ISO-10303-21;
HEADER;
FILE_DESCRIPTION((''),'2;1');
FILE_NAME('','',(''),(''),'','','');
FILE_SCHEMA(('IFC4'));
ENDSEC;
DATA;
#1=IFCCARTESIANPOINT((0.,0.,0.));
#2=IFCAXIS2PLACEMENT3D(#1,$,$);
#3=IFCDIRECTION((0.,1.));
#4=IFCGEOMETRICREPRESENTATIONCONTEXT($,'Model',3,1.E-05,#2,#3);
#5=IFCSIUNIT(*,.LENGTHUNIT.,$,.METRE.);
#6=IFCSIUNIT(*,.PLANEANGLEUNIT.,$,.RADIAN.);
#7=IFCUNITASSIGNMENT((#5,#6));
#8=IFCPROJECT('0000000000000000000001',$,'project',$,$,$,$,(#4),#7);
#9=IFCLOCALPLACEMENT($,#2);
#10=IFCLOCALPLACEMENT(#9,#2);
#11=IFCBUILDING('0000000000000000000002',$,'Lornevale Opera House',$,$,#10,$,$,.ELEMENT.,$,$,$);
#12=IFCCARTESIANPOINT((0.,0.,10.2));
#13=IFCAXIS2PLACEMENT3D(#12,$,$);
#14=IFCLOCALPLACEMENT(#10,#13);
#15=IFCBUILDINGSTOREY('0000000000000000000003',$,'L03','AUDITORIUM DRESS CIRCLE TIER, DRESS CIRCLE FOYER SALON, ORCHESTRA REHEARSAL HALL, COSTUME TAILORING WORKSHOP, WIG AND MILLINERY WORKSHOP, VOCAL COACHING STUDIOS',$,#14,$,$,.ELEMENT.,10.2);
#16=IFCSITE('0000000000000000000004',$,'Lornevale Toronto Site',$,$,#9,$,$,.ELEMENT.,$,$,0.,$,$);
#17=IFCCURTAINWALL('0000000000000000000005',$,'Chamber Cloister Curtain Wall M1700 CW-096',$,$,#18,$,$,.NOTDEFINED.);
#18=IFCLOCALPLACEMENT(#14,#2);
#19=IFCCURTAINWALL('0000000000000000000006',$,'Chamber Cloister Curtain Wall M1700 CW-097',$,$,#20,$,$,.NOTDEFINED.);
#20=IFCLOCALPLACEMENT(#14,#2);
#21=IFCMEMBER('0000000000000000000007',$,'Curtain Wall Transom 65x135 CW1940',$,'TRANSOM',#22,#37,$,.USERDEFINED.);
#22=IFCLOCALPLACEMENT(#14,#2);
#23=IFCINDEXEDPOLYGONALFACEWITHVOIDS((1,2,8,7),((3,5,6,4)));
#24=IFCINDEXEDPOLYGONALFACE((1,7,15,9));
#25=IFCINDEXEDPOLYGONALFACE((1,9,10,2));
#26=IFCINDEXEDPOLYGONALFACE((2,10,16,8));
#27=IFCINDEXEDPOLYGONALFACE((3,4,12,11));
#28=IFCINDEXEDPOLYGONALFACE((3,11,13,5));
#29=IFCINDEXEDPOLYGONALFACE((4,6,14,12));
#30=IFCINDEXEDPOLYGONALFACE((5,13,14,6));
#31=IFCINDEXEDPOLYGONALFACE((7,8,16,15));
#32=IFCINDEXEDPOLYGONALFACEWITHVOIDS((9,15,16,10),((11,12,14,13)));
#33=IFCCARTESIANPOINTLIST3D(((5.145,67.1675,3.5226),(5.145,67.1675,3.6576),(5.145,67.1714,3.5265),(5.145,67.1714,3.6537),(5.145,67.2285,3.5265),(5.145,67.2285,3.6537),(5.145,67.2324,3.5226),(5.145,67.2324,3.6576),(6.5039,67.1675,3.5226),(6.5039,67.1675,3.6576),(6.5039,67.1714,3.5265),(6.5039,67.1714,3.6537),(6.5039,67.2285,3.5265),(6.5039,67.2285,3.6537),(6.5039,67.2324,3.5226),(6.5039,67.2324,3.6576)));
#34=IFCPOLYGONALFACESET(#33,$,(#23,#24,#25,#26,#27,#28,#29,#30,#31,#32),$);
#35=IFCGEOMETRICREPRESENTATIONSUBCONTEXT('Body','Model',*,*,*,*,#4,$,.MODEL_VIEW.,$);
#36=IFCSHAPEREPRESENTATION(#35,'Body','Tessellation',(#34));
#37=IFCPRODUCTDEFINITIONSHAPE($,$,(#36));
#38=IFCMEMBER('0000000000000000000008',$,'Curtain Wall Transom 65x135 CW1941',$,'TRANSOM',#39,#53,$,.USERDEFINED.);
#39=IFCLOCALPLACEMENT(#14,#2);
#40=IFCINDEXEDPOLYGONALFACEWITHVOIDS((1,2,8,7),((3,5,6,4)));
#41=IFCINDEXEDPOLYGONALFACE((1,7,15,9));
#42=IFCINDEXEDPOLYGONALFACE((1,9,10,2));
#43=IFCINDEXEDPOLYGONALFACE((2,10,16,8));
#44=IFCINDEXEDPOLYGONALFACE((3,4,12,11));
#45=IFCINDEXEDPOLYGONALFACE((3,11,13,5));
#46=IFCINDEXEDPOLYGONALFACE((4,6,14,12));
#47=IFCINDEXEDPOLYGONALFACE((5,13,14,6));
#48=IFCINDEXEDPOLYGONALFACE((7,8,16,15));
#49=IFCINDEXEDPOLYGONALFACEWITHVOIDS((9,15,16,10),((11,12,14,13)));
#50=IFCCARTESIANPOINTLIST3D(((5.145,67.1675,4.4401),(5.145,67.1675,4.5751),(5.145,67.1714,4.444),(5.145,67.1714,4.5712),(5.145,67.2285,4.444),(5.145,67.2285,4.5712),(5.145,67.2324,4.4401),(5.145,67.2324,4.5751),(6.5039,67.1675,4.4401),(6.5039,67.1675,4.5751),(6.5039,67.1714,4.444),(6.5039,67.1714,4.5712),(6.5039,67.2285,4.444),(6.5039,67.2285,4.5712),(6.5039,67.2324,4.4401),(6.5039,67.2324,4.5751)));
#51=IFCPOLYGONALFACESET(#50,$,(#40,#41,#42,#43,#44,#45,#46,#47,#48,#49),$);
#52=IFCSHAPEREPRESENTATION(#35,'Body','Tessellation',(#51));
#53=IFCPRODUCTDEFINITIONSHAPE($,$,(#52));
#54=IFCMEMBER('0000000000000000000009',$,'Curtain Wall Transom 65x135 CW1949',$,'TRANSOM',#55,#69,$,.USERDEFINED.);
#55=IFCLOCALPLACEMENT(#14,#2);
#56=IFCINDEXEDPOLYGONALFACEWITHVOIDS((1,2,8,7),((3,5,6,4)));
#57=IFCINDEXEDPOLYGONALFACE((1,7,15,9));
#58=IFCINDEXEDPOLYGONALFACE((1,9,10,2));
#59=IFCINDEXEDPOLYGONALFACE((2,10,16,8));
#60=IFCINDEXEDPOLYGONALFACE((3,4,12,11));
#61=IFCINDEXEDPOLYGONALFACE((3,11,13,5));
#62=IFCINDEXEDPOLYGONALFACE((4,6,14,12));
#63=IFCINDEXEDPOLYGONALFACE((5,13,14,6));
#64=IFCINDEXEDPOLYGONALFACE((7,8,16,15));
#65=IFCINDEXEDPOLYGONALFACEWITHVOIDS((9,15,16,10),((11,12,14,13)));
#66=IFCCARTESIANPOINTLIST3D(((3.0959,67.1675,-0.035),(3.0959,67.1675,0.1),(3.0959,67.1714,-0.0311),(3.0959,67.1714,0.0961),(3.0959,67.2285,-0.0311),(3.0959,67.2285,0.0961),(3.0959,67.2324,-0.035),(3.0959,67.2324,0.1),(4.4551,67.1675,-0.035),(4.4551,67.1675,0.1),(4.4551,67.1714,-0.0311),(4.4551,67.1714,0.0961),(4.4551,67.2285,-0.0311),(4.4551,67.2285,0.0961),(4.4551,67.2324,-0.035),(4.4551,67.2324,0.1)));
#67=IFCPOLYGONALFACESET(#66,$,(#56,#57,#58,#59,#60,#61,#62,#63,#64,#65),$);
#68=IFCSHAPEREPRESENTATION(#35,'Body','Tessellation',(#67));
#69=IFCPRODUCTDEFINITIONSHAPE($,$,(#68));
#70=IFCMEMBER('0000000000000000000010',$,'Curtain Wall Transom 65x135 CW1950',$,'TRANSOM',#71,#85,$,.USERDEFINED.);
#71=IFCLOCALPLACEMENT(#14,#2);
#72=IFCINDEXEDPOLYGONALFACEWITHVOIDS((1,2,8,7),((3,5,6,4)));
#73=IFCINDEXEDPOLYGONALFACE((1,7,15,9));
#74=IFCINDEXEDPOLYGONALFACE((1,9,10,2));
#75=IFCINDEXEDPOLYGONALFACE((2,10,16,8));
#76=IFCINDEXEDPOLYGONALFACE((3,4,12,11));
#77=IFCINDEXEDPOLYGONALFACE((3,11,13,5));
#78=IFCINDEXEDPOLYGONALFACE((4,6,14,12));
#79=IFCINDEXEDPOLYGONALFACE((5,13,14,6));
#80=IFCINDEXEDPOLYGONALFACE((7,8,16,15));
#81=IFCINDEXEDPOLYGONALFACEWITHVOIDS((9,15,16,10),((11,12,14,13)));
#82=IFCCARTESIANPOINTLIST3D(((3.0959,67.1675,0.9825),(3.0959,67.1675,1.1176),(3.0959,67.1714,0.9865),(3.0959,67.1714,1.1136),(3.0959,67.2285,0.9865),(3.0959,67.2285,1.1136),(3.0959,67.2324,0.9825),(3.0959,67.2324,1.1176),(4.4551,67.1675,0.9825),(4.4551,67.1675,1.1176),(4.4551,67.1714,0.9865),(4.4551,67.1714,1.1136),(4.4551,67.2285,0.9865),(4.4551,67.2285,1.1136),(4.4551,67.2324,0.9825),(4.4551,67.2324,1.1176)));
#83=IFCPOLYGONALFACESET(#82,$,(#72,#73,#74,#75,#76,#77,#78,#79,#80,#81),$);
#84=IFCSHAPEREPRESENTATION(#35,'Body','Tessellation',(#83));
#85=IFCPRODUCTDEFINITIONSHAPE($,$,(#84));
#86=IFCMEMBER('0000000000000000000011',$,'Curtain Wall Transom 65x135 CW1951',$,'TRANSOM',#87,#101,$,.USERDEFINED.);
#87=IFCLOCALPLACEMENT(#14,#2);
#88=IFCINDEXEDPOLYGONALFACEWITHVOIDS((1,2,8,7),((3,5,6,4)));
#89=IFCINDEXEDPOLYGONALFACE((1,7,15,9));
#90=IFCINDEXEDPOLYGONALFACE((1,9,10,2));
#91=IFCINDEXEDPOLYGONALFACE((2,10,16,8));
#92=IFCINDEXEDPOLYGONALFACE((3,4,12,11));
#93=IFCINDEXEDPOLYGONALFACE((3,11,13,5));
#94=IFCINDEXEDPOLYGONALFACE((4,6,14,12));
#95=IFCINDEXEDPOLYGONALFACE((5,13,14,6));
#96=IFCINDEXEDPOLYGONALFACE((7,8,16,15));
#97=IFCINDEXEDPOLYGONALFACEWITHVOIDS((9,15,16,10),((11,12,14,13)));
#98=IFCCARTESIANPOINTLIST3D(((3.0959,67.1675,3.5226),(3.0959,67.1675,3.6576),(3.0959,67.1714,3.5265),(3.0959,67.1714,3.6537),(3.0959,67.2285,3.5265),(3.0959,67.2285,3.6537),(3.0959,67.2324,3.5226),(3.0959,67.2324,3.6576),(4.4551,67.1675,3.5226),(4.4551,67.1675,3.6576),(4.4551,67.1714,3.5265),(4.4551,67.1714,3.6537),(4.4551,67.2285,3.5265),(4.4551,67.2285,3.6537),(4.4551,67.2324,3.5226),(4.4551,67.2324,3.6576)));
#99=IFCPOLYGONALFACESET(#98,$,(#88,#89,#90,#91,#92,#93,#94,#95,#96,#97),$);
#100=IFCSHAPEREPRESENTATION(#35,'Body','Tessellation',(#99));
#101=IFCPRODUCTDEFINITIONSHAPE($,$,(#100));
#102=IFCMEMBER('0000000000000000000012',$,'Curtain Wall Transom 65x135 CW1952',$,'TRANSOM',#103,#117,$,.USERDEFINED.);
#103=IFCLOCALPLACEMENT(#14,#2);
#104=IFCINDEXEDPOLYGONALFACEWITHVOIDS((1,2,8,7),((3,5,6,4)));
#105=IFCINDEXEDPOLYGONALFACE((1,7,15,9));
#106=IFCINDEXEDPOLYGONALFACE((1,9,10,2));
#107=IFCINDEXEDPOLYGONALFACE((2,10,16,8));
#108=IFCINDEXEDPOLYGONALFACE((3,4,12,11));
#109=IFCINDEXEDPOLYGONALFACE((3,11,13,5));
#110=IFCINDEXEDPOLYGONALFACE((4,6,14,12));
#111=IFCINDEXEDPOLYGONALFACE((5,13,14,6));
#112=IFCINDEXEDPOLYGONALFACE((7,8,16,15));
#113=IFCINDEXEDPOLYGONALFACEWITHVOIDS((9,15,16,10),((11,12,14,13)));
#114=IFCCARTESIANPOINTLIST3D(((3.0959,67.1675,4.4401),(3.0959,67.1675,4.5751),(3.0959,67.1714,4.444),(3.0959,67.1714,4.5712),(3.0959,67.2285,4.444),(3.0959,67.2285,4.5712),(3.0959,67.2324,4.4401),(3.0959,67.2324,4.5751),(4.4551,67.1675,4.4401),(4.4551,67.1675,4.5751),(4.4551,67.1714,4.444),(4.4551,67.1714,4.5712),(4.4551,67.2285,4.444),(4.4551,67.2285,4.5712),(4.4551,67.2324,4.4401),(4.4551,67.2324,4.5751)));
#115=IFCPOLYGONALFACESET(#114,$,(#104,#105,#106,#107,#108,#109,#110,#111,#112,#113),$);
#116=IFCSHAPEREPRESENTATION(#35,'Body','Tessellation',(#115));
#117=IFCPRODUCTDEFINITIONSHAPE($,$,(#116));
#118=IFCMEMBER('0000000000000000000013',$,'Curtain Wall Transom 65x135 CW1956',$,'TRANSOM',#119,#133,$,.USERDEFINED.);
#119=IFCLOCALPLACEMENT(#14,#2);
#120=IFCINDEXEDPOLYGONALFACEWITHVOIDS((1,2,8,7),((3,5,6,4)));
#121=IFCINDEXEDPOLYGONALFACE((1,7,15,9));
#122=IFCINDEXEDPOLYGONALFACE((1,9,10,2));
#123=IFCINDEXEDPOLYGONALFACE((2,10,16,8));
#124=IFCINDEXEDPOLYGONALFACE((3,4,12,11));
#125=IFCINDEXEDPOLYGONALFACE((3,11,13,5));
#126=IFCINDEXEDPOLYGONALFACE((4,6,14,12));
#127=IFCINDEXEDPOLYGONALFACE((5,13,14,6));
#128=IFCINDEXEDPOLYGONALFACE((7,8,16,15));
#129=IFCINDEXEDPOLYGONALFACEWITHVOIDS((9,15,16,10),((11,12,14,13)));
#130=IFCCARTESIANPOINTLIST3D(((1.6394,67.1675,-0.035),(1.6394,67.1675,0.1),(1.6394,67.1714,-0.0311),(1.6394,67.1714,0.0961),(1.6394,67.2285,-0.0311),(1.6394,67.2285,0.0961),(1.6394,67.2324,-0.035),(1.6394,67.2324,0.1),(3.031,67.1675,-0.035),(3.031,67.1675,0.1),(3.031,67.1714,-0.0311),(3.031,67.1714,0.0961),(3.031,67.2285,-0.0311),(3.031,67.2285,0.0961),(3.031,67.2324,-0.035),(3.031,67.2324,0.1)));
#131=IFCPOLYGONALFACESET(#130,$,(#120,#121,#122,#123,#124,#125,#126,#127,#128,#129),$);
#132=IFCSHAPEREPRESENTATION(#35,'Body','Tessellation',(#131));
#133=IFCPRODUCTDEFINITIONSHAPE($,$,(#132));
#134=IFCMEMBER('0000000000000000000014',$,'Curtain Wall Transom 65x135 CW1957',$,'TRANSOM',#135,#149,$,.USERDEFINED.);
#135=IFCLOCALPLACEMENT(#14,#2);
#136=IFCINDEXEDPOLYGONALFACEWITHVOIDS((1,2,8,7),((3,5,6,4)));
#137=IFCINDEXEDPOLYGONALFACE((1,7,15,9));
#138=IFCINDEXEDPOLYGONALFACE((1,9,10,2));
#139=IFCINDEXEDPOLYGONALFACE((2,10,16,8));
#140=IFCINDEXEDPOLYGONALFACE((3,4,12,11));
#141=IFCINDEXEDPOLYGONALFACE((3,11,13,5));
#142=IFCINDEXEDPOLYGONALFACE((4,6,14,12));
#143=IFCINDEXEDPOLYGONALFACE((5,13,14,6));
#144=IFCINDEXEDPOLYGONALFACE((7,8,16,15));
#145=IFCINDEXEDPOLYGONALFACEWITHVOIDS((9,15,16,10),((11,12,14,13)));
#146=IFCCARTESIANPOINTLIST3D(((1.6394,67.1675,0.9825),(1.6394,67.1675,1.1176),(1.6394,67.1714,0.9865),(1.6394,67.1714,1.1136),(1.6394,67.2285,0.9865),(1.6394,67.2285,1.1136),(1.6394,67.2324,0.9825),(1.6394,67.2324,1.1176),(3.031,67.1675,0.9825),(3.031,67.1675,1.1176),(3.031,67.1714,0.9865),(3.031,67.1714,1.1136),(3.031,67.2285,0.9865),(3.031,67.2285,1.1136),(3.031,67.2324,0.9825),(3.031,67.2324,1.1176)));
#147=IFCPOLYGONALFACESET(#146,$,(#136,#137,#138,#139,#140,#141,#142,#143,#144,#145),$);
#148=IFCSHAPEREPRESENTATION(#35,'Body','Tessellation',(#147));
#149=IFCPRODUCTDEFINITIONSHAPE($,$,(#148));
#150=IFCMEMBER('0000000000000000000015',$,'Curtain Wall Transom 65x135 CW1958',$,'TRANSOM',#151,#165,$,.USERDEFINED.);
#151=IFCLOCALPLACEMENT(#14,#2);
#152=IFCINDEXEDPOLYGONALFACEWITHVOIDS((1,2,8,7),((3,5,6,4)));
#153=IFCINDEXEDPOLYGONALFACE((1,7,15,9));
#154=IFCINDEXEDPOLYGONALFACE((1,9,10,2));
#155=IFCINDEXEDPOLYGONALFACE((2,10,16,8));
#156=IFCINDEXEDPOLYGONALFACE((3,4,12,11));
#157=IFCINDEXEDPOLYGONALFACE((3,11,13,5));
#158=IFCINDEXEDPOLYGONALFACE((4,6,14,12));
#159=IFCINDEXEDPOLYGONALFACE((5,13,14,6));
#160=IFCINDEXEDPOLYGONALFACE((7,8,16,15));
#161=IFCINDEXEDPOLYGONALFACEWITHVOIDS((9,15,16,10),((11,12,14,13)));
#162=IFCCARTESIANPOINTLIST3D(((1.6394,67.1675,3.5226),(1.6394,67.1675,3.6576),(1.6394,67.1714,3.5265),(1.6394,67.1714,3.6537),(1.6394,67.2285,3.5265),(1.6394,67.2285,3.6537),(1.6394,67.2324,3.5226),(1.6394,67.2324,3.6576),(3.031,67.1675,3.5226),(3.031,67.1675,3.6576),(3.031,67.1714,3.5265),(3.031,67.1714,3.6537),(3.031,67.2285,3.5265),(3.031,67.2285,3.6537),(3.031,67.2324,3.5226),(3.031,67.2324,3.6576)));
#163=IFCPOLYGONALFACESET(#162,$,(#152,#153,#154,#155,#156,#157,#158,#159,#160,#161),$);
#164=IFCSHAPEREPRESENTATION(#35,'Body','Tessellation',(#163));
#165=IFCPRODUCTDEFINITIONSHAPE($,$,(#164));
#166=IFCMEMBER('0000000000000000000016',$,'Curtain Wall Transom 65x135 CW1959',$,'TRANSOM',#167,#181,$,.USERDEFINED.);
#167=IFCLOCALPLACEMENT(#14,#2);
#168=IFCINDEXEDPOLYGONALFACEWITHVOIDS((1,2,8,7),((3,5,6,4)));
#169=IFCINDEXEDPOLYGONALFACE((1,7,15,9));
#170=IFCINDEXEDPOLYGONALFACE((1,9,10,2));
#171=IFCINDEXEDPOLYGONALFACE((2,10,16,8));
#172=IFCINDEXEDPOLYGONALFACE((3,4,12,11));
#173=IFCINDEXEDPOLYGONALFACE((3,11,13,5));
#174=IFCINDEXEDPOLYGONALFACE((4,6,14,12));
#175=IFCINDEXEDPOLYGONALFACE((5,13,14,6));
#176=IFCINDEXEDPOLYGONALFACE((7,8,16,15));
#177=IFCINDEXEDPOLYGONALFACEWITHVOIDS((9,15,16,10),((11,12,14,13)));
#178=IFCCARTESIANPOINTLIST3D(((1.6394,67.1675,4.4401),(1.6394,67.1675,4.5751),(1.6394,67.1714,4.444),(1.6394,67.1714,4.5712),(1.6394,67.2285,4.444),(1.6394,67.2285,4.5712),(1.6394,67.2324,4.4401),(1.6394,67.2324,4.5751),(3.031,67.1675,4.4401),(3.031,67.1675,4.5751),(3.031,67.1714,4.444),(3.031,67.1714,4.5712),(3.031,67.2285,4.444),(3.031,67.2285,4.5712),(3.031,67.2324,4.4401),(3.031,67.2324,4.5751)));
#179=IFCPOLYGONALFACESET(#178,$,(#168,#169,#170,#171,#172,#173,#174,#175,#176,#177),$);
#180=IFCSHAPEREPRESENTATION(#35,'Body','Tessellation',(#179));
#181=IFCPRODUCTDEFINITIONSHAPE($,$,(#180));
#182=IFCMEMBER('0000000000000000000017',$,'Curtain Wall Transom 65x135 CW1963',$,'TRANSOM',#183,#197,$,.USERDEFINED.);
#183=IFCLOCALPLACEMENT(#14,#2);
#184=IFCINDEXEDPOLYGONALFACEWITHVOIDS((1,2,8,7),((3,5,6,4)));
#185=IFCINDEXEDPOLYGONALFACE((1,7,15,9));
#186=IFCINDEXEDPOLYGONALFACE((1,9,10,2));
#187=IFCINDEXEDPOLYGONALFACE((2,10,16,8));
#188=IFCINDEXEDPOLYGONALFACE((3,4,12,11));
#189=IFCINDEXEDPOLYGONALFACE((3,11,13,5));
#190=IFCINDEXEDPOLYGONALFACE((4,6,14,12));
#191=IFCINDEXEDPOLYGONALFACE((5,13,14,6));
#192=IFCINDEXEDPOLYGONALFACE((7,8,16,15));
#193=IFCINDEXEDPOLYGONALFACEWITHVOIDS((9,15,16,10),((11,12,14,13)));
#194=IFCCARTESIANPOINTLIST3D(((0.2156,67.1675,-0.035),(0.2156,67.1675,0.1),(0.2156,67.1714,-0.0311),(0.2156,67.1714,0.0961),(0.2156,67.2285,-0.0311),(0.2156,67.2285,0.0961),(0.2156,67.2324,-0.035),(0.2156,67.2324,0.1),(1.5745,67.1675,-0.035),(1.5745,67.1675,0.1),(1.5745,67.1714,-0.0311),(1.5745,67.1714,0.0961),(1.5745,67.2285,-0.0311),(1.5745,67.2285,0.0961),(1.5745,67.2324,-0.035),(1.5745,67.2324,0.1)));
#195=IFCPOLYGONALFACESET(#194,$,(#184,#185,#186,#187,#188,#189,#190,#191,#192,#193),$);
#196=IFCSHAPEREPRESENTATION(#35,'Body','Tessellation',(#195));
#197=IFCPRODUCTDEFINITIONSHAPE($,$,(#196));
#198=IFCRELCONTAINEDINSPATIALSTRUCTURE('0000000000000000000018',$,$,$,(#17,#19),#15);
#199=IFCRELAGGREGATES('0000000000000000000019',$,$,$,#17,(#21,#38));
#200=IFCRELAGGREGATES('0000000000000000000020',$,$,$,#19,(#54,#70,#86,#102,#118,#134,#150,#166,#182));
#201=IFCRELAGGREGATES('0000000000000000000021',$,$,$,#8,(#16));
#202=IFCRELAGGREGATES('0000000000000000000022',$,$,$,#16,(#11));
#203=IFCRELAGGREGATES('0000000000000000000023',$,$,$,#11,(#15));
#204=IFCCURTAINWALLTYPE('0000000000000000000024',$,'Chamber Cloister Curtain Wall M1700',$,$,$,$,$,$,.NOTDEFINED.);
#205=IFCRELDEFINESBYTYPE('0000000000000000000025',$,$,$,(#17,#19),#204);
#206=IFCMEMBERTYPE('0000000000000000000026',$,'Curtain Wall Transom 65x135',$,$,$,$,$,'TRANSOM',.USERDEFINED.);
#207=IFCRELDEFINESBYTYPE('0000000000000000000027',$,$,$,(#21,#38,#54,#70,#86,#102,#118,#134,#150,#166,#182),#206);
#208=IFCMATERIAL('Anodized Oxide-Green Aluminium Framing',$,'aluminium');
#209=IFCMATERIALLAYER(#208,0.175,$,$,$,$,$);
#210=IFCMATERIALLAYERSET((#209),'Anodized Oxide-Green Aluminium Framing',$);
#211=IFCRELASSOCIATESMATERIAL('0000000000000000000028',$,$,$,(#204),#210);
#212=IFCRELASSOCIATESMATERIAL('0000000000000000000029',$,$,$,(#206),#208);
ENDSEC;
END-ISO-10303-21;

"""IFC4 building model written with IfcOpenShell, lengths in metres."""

from ifc_helpers import new_model, si_unit, direction, frame, origin, origin_2d, place, context, subcontext, project, spatial, hollow_rectangle, extrude, material, layer, layer_set, material_profile, profile_set, type_object, element, aggregate, save


model = new_model("IFC4")

# Units and contexts
model_context = context("Model", 3, precision=1e-05, world=origin(), true_north=direction((0.0, 1.0)))
body_context = subcontext(model_context, "Body", "Model", "MODEL_VIEW")
ifc_project = project(units=[si_unit("LENGTHUNIT", "METRE"), si_unit("PLANEANGLEUNIT", "RADIAN")], contexts=[model_context])

# Site, building, storey
site_placement = place(None, origin())
site = spatial("IfcSite", under=ifc_project, at=site_placement, Name="Lornevale Toronto Site", CompositionType="ELEMENT", RefElevation=0.0)
building_placement = place(site_placement, origin())
building = spatial("IfcBuilding", under=site, at=building_placement, Name="Lornevale Opera House", CompositionType="ELEMENT")
storey_placement = place(building_placement, frame((0.0, 0.0, 10.2)))
storey = spatial("IfcBuildingStorey", under=building, at=storey_placement, Name="L03", Description="AUDITORIUM DRESS CIRCLE TIER, DRESS CIRCLE FOYER SALON, ORCHESTRA REHEARSAL HALL, COSTUME TAILORING WORKSHOP, WIG AND MILLINERY WORKSHOP, VOCAL COACHING STUDIOS", CompositionType="ELEMENT", Elevation=10.2)

# Curtain walls
ifc_material_1 = material(Name="Anodized Oxide-Green Aluminium Framing", Category="aluminium")
ifc_layer_1 = layer(ifc_material_1, 0.175)
ifc_layer_set_1 = layer_set([ifc_layer_1], Name="Anodized Oxide-Green Aluminium Framing")
curtain_wall_type = type_object("IfcCurtainWallType", Name="Chamber Cloister Curtain Wall M1700", PredefinedType="NOTDEFINED", material=ifc_layer_set_1)
curtain_wall_1_placement = place(storey_placement, origin())
curtain_wall_1 = element("IfcCurtainWall", 1, at=curtain_wall_1_placement, inside=storey, type_object=curtain_wall_type, Name="Chamber Cloister Curtain Wall M1700 CW-096", PredefinedType="NOTDEFINED")
curtain_wall_2_placement = place(storey_placement, origin())
curtain_wall_2 = element("IfcCurtainWall", 2, at=curtain_wall_2_placement, inside=storey, type_object=curtain_wall_type, Name="Chamber Cloister Curtain Wall M1700 CW-097", PredefinedType="NOTDEFINED")

# Members
ifc_material_profile_1 = material_profile(ifc_material_1, hollow_rectangle(XDim=0.0649, YDim=0.135, WallThickness=0.0039, at=origin_2d()), Name="ALU65x135x4")
ifc_profile_set_1 = profile_set([ifc_material_profile_1], Name="Anodized Oxide-Green Aluminium Framing")
member_type_1 = type_object("IfcMemberType", Name="Curtain Wall Transom 65x135", ElementType="TRANSOM", PredefinedType="USERDEFINED", material=ifc_profile_set_1)
member_1_placement = place(storey_placement, frame((6.5039, 67.2, 3.5901), z_axis=(-1.0, 0.0, 0.0), x_axis=(0.0, -1.0, 0.0)))
member_1 = element("IfcMember", 3, at=member_1_placement, type_object=member_type_1, Name="Curtain Wall Transom 65x135 CW1940", ObjectType="TRANSOM", PredefinedType="USERDEFINED", context=body_context, shape_type="SweptSolid", body=[
    extrude(hollow_rectangle(XDim=0.0649, YDim=0.135, WallThickness=0.0039, at=origin_2d()), origin(), (0.0, 0.0, 1.0), 1.3589),
])
member_2_placement = place(storey_placement, frame((6.5039, 67.2, 4.5076), z_axis=(-1.0, 0.0, 0.0), x_axis=(0.0, -1.0, 0.0)))
member_2 = element("IfcMember", 4, at=member_2_placement, type_object=member_type_1, Name="Curtain Wall Transom 65x135 CW1941", ObjectType="TRANSOM", PredefinedType="USERDEFINED", context=body_context, shape_type="SweptSolid", body=[
    extrude(hollow_rectangle(XDim=0.0649, YDim=0.135, WallThickness=0.0039, at=origin_2d()), origin(), (0.0, 0.0, 1.0), 1.3589),
])
member_3_placement = place(storey_placement, frame((4.4551, 67.2, 0.0325), z_axis=(-1.0, 0.0, 0.0), x_axis=(0.0, -1.0, 0.0)))
member_3 = element("IfcMember", 5, at=member_3_placement, type_object=member_type_1, Name="Curtain Wall Transom 65x135 CW1949", ObjectType="TRANSOM", PredefinedType="USERDEFINED", context=body_context, shape_type="SweptSolid", body=[
    extrude(hollow_rectangle(XDim=0.0649, YDim=0.135, WallThickness=0.0039, at=origin_2d()), origin(), (0.0, 0.0, 1.0), 1.3591),
])
member_4_placement = place(storey_placement, frame((4.4551, 67.2, 1.05), z_axis=(-1.0, 0.0, 0.0), x_axis=(0.0, -1.0, 0.0)))
member_4 = element("IfcMember", 6, at=member_4_placement, type_object=member_type_1, Name="Curtain Wall Transom 65x135 CW1950", ObjectType="TRANSOM", PredefinedType="USERDEFINED", context=body_context, shape_type="SweptSolid", body=[
    extrude(hollow_rectangle(XDim=0.0649, YDim=0.135, WallThickness=0.0039, at=origin_2d()), origin(), (0.0, 0.0, 1.0), 1.3591),
])
member_5_placement = place(storey_placement, frame((4.4551, 67.2, 3.5901), z_axis=(-1.0, 0.0, 0.0), x_axis=(0.0, -1.0, 0.0)))
member_5 = element("IfcMember", 7, at=member_5_placement, type_object=member_type_1, Name="Curtain Wall Transom 65x135 CW1951", ObjectType="TRANSOM", PredefinedType="USERDEFINED", context=body_context, shape_type="SweptSolid", body=[
    extrude(hollow_rectangle(XDim=0.0649, YDim=0.135, WallThickness=0.0039, at=origin_2d()), origin(), (0.0, 0.0, 1.0), 1.3591),
])
member_6_placement = place(storey_placement, frame((4.4551, 67.2, 4.5076), z_axis=(-1.0, 0.0, 0.0), x_axis=(0.0, -1.0, 0.0)))
member_6 = element("IfcMember", 8, at=member_6_placement, type_object=member_type_1, Name="Curtain Wall Transom 65x135 CW1952", ObjectType="TRANSOM", PredefinedType="USERDEFINED", context=body_context, shape_type="SweptSolid", body=[
    extrude(hollow_rectangle(XDim=0.0649, YDim=0.135, WallThickness=0.0039, at=origin_2d()), origin(), (0.0, 0.0, 1.0), 1.3591),
])
member_7_placement = place(storey_placement, frame((3.031, 67.2, 0.0325), z_axis=(-1.0, 0.0, 0.0), x_axis=(0.0, -1.0, 0.0)))
member_7 = element("IfcMember", 9, at=member_7_placement, type_object=member_type_1, Name="Curtain Wall Transom 65x135 CW1956", ObjectType="TRANSOM", PredefinedType="USERDEFINED", context=body_context, shape_type="SweptSolid", body=[
    extrude(hollow_rectangle(XDim=0.0649, YDim=0.135, WallThickness=0.0039, at=origin_2d()), origin(), (0.0, 0.0, 1.0), 1.3916),
])
member_8_placement = place(storey_placement, frame((3.031, 67.2, 1.05), z_axis=(-1.0, 0.0, 0.0), x_axis=(0.0, -1.0, 0.0)))
member_8 = element("IfcMember", 10, at=member_8_placement, type_object=member_type_1, Name="Curtain Wall Transom 65x135 CW1957", ObjectType="TRANSOM", PredefinedType="USERDEFINED", context=body_context, shape_type="SweptSolid", body=[
    extrude(hollow_rectangle(XDim=0.0649, YDim=0.135, WallThickness=0.0039, at=origin_2d()), origin(), (0.0, 0.0, 1.0), 1.3916),
])
member_9_placement = place(storey_placement, frame((3.031, 67.2, 3.5901), z_axis=(-1.0, 0.0, 0.0), x_axis=(0.0, -1.0, 0.0)))
member_9 = element("IfcMember", 11, at=member_9_placement, type_object=member_type_1, Name="Curtain Wall Transom 65x135 CW1958", ObjectType="TRANSOM", PredefinedType="USERDEFINED", context=body_context, shape_type="SweptSolid", body=[
    extrude(hollow_rectangle(XDim=0.0649, YDim=0.135, WallThickness=0.0039, at=origin_2d()), origin(), (0.0, 0.0, 1.0), 1.3916),
])
member_10_placement = place(storey_placement, frame((3.031, 67.2, 4.5076), z_axis=(-1.0, 0.0, 0.0), x_axis=(0.0, -1.0, 0.0)))
member_10 = element("IfcMember", 12, at=member_10_placement, type_object=member_type_1, Name="Curtain Wall Transom 65x135 CW1959", ObjectType="TRANSOM", PredefinedType="USERDEFINED", context=body_context, shape_type="SweptSolid", body=[
    extrude(hollow_rectangle(XDim=0.0649, YDim=0.135, WallThickness=0.0039, at=origin_2d()), origin(), (0.0, 0.0, 1.0), 1.3916),
])
member_11_placement = place(storey_placement, frame((1.5745, 67.2, 0.0325), z_axis=(-1.0, 0.0, 0.0), x_axis=(0.0, -1.0, 0.0)))
member_11 = element("IfcMember", 13, at=member_11_placement, type_object=member_type_1, Name="Curtain Wall Transom 65x135 CW1963", ObjectType="TRANSOM", PredefinedType="USERDEFINED", context=body_context, shape_type="SweptSolid", body=[
    extrude(hollow_rectangle(XDim=0.0649, YDim=0.135, WallThickness=0.0039, at=origin_2d()), origin(), (0.0, 0.0, 1.0), 1.3589),
])

aggregate(curtain_wall_1, [member_1, member_2])
aggregate(curtain_wall_2, [member_3, member_4, member_5, member_6, member_7, member_8, member_9, member_10, member_11])

save(model, "model.ifc")
